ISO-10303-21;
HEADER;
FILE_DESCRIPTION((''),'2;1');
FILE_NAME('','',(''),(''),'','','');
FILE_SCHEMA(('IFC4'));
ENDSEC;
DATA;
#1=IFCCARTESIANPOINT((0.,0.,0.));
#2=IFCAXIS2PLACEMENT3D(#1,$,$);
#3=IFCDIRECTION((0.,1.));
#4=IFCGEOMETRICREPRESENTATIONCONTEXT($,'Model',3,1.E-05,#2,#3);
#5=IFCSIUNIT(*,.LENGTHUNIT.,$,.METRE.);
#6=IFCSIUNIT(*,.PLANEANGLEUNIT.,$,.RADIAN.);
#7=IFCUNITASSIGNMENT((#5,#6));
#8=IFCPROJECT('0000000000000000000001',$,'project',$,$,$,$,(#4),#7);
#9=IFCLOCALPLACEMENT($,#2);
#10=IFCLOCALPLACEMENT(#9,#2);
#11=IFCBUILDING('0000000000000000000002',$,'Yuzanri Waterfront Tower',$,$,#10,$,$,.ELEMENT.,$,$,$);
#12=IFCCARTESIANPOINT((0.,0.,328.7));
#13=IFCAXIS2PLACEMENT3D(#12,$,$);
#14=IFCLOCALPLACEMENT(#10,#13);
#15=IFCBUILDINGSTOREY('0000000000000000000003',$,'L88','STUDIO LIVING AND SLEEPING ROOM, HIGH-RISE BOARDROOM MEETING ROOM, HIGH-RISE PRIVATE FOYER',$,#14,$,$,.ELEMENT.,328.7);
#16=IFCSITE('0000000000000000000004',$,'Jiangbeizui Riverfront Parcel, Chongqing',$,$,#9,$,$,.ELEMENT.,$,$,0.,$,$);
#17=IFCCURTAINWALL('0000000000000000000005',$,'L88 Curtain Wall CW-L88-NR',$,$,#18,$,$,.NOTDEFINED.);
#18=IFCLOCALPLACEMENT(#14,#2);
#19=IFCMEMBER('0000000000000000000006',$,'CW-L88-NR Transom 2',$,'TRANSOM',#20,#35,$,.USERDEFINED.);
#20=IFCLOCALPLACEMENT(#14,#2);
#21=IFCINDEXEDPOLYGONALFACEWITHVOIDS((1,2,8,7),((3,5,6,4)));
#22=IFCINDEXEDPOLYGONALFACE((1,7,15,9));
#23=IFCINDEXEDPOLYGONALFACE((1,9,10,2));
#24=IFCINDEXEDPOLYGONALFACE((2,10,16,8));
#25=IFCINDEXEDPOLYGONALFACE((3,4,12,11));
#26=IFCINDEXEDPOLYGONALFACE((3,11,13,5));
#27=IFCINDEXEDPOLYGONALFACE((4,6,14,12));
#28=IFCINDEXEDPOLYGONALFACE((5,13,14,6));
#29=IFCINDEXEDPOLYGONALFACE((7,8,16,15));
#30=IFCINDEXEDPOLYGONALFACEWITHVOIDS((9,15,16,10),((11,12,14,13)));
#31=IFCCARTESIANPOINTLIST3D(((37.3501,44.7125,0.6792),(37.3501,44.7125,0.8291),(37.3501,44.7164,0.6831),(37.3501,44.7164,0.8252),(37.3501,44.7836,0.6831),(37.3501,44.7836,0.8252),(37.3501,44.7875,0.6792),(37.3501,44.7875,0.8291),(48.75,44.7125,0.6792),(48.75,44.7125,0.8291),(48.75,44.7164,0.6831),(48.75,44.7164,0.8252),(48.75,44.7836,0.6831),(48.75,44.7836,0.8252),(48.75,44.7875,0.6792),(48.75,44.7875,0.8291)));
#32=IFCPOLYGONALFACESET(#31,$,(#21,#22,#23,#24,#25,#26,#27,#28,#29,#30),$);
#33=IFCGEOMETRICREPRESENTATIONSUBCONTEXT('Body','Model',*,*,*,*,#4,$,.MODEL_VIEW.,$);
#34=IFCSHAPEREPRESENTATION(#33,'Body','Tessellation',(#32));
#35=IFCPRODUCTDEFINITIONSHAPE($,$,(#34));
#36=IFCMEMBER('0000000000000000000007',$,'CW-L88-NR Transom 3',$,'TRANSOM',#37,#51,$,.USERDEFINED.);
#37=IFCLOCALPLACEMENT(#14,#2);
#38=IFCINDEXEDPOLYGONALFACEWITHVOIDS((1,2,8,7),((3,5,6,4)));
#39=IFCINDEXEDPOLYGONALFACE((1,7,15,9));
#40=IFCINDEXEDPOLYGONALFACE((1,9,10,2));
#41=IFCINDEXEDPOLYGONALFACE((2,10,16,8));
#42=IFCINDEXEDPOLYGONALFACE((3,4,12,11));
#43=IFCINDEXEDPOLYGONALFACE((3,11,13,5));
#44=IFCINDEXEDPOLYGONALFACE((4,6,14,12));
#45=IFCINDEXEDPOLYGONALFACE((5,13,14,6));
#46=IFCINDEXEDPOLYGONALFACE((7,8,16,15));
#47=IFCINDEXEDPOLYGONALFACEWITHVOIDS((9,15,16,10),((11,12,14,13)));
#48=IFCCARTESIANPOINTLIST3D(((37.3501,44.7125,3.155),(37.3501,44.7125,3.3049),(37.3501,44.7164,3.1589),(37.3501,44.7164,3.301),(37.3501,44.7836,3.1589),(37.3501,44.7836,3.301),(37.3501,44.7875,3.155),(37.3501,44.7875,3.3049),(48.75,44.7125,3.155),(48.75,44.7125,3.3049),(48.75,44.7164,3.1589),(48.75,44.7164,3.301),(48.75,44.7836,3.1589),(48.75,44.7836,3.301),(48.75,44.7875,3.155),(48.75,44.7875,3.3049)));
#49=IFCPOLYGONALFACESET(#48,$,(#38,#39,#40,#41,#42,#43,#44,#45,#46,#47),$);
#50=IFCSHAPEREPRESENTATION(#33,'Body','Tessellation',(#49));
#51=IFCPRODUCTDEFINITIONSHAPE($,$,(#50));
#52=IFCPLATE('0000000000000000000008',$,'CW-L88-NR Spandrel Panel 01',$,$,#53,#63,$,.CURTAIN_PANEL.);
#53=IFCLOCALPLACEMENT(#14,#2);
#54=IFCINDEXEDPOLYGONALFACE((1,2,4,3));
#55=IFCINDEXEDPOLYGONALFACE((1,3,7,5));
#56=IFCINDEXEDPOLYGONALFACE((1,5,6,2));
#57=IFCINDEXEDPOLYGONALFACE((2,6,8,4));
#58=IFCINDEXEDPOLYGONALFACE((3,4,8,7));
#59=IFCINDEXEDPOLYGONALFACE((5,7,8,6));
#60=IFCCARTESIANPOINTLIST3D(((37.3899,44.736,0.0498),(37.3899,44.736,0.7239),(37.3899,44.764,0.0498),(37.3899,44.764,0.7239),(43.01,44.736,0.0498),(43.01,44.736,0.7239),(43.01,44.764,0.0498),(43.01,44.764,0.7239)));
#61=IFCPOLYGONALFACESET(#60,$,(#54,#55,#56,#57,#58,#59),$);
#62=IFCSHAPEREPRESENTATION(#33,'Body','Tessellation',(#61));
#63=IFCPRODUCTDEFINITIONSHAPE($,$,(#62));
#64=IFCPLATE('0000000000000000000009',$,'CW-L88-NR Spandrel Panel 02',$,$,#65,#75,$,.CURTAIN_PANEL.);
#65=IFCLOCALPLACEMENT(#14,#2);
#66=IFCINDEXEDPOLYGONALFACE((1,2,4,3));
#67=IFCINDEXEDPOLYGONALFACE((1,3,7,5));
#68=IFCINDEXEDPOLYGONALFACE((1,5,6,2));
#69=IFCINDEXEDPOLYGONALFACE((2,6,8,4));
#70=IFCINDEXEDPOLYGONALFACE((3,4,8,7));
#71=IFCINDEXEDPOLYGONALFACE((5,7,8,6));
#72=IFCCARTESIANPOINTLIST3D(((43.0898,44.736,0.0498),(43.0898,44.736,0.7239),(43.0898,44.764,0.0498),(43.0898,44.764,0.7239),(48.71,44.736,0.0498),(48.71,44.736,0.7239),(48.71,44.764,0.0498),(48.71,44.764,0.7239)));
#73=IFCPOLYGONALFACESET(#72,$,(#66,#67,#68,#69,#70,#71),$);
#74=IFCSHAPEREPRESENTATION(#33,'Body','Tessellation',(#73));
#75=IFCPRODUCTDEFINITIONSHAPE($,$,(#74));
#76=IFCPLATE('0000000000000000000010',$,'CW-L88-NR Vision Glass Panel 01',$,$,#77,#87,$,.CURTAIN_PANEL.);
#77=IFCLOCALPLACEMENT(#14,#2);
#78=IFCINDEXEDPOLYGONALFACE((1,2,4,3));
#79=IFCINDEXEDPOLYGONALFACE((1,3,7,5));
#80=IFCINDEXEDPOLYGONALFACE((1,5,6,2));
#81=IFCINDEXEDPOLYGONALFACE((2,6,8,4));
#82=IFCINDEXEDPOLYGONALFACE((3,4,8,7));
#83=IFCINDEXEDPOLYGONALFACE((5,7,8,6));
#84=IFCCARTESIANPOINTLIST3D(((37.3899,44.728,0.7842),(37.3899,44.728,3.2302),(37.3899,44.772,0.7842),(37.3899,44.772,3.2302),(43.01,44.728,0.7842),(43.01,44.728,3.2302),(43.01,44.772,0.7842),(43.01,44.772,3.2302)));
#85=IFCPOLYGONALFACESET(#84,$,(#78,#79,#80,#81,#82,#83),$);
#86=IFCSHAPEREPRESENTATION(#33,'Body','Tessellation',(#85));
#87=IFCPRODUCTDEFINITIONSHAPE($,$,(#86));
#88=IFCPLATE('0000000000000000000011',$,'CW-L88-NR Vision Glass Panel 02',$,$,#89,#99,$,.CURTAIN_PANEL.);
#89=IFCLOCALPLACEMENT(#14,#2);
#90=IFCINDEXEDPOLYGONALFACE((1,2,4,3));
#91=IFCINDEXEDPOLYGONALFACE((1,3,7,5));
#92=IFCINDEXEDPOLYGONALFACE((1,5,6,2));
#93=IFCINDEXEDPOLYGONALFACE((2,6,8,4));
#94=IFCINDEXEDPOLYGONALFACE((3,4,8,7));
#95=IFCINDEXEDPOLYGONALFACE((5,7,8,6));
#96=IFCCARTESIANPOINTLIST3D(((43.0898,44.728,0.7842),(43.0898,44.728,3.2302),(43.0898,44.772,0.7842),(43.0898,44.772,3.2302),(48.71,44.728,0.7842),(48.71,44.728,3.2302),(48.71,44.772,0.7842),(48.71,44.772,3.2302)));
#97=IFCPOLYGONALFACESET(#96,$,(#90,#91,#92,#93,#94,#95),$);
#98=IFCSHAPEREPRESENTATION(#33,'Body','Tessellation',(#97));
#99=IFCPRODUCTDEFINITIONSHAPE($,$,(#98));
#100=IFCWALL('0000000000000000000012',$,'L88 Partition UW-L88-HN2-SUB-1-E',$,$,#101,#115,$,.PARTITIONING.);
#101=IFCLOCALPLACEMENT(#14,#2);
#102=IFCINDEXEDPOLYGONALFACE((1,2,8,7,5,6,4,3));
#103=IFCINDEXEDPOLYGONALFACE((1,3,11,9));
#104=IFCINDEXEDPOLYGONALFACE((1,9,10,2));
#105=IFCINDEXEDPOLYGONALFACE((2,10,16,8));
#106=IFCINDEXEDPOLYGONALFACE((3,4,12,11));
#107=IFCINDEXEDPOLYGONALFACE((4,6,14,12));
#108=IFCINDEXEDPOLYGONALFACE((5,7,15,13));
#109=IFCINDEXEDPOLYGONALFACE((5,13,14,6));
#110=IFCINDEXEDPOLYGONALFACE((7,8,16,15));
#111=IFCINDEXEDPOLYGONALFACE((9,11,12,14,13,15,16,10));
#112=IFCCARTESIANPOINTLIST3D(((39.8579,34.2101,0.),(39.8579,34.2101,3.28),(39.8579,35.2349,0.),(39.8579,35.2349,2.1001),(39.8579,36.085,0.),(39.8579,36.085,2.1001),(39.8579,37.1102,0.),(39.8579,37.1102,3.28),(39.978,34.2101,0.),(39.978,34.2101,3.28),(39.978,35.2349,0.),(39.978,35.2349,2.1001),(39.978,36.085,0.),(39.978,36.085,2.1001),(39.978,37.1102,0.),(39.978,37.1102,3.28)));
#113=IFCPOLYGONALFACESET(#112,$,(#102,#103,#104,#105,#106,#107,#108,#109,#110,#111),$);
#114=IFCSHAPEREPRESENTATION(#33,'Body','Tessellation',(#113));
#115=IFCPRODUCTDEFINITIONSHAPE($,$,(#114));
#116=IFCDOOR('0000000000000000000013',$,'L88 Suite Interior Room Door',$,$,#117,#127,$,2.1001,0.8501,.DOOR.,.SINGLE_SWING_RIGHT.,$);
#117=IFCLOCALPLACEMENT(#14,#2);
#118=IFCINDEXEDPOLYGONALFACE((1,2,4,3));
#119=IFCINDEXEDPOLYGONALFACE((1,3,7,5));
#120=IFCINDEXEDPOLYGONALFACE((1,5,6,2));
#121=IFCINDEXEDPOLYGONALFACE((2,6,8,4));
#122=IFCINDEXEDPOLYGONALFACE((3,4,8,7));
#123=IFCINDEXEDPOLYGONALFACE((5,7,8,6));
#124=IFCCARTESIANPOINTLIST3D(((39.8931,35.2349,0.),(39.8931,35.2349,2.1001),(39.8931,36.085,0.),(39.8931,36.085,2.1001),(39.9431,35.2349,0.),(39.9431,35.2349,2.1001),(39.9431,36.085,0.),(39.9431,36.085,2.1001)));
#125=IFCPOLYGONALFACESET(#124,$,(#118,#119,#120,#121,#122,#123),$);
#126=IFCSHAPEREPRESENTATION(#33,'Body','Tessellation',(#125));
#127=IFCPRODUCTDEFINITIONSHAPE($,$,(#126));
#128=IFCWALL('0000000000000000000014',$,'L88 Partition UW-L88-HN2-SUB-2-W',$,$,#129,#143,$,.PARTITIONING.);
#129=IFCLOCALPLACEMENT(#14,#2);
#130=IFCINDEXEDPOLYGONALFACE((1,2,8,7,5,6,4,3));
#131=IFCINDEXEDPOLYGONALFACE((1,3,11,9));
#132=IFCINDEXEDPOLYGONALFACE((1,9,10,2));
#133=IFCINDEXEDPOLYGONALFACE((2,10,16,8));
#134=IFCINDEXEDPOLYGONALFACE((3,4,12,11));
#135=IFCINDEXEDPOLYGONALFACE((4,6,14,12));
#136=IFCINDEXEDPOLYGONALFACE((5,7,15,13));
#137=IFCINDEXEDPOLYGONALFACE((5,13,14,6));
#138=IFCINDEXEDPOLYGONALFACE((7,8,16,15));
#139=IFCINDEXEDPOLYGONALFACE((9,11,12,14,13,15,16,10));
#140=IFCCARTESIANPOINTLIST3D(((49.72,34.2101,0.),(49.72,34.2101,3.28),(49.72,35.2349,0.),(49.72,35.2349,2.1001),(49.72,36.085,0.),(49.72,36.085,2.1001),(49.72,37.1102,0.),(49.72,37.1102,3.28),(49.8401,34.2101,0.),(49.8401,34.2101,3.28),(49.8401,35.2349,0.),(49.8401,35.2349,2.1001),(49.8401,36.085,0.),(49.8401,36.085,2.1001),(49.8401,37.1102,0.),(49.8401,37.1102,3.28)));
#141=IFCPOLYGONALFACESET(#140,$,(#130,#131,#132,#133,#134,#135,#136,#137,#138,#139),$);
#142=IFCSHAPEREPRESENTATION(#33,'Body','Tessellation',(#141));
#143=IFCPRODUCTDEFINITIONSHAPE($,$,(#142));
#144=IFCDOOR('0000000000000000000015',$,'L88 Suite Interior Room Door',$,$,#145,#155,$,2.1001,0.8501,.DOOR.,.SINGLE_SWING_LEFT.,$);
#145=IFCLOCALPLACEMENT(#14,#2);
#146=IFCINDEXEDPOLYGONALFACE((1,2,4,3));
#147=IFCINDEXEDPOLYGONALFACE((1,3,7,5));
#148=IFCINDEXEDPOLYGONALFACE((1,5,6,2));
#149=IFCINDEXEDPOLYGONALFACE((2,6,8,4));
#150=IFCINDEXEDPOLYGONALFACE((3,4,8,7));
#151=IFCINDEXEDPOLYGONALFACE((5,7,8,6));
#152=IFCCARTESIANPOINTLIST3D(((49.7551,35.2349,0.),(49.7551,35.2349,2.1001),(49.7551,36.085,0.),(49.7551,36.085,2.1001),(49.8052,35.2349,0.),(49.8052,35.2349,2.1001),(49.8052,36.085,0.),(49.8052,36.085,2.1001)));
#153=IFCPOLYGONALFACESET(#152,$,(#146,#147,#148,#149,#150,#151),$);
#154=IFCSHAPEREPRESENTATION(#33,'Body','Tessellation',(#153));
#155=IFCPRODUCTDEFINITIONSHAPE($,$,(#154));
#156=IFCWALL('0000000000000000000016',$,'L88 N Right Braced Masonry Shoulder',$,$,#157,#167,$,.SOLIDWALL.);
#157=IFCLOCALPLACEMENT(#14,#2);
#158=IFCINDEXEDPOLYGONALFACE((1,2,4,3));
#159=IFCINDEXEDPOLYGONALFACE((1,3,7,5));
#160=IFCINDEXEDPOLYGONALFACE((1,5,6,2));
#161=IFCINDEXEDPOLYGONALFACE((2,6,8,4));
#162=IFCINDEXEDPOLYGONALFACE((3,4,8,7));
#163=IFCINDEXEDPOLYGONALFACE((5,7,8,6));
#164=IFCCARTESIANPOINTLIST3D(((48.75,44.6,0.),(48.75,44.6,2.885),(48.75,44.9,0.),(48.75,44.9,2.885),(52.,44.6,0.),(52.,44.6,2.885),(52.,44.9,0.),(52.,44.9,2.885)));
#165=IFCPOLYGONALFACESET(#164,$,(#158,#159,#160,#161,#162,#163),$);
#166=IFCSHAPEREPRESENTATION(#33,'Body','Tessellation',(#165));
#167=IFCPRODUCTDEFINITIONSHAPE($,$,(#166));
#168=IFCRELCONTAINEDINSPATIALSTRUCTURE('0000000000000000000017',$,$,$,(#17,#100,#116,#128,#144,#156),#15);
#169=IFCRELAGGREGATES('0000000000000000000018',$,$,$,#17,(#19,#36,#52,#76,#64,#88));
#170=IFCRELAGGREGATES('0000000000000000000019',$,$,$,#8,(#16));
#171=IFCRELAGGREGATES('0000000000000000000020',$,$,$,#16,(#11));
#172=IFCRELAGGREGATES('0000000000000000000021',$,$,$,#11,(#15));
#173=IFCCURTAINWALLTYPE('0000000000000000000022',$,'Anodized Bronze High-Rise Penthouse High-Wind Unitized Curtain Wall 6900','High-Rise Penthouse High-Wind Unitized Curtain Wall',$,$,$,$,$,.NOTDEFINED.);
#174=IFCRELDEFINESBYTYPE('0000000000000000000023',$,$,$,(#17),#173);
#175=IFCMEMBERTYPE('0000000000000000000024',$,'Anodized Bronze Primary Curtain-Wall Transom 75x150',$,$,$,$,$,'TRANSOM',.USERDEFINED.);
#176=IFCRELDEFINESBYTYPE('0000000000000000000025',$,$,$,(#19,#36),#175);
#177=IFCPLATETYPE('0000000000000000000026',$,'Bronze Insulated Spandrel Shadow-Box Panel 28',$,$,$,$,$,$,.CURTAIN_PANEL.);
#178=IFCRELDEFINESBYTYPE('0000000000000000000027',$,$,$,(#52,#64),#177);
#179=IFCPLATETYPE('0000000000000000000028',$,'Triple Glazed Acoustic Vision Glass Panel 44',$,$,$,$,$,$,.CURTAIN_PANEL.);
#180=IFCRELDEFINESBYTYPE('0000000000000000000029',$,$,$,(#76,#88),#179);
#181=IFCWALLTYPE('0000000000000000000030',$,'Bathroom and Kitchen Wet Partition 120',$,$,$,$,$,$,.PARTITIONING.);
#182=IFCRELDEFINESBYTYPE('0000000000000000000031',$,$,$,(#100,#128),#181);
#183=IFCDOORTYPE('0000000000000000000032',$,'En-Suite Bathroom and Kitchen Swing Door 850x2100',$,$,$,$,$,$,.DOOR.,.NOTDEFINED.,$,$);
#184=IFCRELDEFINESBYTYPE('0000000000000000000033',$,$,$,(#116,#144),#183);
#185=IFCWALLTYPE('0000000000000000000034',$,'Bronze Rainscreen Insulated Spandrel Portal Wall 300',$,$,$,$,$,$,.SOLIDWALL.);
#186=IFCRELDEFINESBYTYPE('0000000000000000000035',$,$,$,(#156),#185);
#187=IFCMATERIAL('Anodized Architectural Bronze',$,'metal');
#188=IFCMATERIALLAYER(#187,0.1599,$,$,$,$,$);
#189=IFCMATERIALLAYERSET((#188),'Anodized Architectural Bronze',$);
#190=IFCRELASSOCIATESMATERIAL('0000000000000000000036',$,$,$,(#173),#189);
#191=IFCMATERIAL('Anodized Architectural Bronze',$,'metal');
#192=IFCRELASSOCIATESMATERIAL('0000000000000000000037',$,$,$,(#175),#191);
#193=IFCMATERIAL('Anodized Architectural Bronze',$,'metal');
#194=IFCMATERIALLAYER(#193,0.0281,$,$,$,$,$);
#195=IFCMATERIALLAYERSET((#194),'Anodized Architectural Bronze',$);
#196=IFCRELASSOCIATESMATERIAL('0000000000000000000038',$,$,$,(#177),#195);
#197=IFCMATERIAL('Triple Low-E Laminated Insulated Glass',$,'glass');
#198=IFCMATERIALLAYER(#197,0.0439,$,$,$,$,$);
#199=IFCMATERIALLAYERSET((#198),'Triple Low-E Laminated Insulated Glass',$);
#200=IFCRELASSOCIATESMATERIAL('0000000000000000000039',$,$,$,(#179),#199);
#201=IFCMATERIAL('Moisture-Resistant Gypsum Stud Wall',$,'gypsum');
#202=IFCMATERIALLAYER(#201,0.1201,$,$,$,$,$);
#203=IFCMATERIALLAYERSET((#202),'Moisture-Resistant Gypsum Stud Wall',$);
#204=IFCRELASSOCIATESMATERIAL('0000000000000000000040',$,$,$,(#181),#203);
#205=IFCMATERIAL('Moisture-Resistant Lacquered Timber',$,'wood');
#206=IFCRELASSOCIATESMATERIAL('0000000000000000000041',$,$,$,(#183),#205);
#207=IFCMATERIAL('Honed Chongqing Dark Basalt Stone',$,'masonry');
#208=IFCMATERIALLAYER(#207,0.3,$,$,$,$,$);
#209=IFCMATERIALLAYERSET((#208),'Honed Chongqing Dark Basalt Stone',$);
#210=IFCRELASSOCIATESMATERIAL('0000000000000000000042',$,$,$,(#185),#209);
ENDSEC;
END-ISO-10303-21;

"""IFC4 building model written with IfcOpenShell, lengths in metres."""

from ifc_helpers import new_model, si_unit, direction, frame, frame_2d, origin, origin_2d, place, context, subcontext, project, spatial, rectangle, hollow_rectangle, extrude, source, transform, mapped, material, layer, layer_set, material_profile, profile_set, type_object, element, fill, aggregate, save


model = new_model("IFC4")

# Units and contexts
model_context = context("Model", 3, precision=1e-05, world=origin(), true_north=direction((0.0, 1.0)))
body_context = subcontext(model_context, "Body", "Model", "MODEL_VIEW")
ifc_project = project(units=[si_unit("LENGTHUNIT", "METRE"), si_unit("PLANEANGLEUNIT", "RADIAN")], contexts=[model_context])

# Site, building, storey
site_placement = place(None, origin())
site = spatial("IfcSite", under=ifc_project, at=site_placement, Name="Jiangbeizui Riverfront Parcel, Chongqing", CompositionType="ELEMENT", RefElevation=0.0)
building_placement = place(site_placement, origin())
building = spatial("IfcBuilding", under=site, at=building_placement, Name="Yuzanri Waterfront Tower", CompositionType="ELEMENT")
storey_placement = place(building_placement, frame((0.0, 0.0, 328.7)))
storey = spatial("IfcBuildingStorey", under=building, at=storey_placement, Name="L88", Description="STUDIO LIVING AND SLEEPING ROOM, HIGH-RISE BOARDROOM MEETING ROOM, HIGH-RISE PRIVATE FOYER", CompositionType="ELEMENT", Elevation=328.7)

# Curtain wall, members, plates
ifc_material_1 = material(Name="Anodized Architectural Bronze", Category="metal")
ifc_layer_1 = layer(ifc_material_1, 0.1599)
ifc_layer_set_1 = layer_set([ifc_layer_1], Name="Anodized Architectural Bronze")
curtain_wall_type = type_object("IfcCurtainWallType", Name="Anodized Bronze High-Rise Penthouse High-Wind Unitized Curtain Wall 6900", Description="High-Rise Penthouse High-Wind Unitized Curtain Wall", PredefinedType="NOTDEFINED", material=ifc_layer_set_1)
curtain_wall_placement = place(storey_placement, origin())
curtain_wall = element("IfcCurtainWall", 1, at=curtain_wall_placement, inside=storey, type_object=curtain_wall_type, Name="L88 Curtain Wall CW-L88-NR", PredefinedType="NOTDEFINED")
ifc_material_2 = material(Name="Anodized Architectural Bronze", Category="metal")
ifc_material_profile_1 = material_profile(ifc_material_2, hollow_rectangle(XDim=0.075, YDim=0.1499, WallThickness=0.0039, at=origin_2d()), Name="CWT 75x150")
ifc_profile_set_1 = profile_set([ifc_material_profile_1], Name="Anodized Architectural Bronze")
member_type_1 = type_object("IfcMemberType", Name="Anodized Bronze Primary Curtain-Wall Transom 75x150", ElementType="TRANSOM", PredefinedType="USERDEFINED", material=ifc_profile_set_1)
shared_shape_1 = source(origin(), body_context, "Body", "SweptSolid", [
    extrude(hollow_rectangle(XDim=0.075, YDim=0.1499, WallThickness=0.0039, at=origin_2d()), origin(), (0.0, 0.0, 1.0), 11.3999),
])
member_1_placement = place(storey_placement, frame((37.3501, 44.75, 0.7542), z_axis=(1.0, 0.0, 0.0), x_axis=(0.0, 1.0, 0.0)))
member_1 = element("IfcMember", 2, at=member_1_placement, type_object=member_type_1, Name="CW-L88-NR Transom 2", ObjectType="TRANSOM", PredefinedType="USERDEFINED", context=body_context, shape_type="MappedRepresentation", body=[
    mapped(shared_shape_1, transform((0.0, 0.0, 0.0), scale=1.0)),
])
member_2_placement = place(storey_placement, frame((37.3501, 44.75, 3.23), z_axis=(1.0, 0.0, 0.0), x_axis=(0.0, 1.0, 0.0)))
member_2 = element("IfcMember", 3, at=member_2_placement, type_object=member_type_1, Name="CW-L88-NR Transom 3", ObjectType="TRANSOM", PredefinedType="USERDEFINED", context=body_context, shape_type="MappedRepresentation", body=[
    mapped(shared_shape_1, transform((0.0, 0.0, 0.0), scale=1.0)),
])
ifc_material_3 = material(Name="Anodized Architectural Bronze", Category="metal")
ifc_layer_2 = layer(ifc_material_3, 0.0281)
ifc_layer_set_2 = layer_set([ifc_layer_2], Name="Anodized Architectural Bronze")
plate_type_1 = type_object("IfcPlateType", Name="Bronze Insulated Spandrel Shadow-Box Panel 28", PredefinedType="CURTAIN_PANEL", material=ifc_layer_set_2)
shared_shape_2 = source(origin(), body_context, "Body", "SweptSolid", [
    extrude(rectangle(XDim=5.6201, YDim=0.0281, at=origin_2d()), origin(), (0.0, 0.0, 1.0), 0.6741),
])
plate_1_placement = place(storey_placement, frame((40.2, 44.75, 0.0498), z_axis=(0.0, 0.0, 1.0), x_axis=(1.0, 0.0, 0.0)))
plate_1 = element("IfcPlate", 4, at=plate_1_placement, type_object=plate_type_1, Name="CW-L88-NR Spandrel Panel 01", PredefinedType="CURTAIN_PANEL", context=body_context, shape_type="MappedRepresentation", body=[
    mapped(shared_shape_2, transform((0.0, 0.0, 0.0), scale=1.0)),
])
plate_2_placement = place(storey_placement, frame((45.8999, 44.75, 0.0498), z_axis=(0.0, 0.0, 1.0), x_axis=(1.0, 0.0, 0.0)))
plate_2 = element("IfcPlate", 5, at=plate_2_placement, type_object=plate_type_1, Name="CW-L88-NR Spandrel Panel 02", PredefinedType="CURTAIN_PANEL", context=body_context, shape_type="MappedRepresentation", body=[
    mapped(shared_shape_2, transform((0.0, 0.0, 0.0), scale=1.0)),
])
ifc_material_4 = material(Name="Triple Low-E Laminated Insulated Glass", Category="glass")
ifc_layer_3 = layer(ifc_material_4, 0.0439)
ifc_layer_set_3 = layer_set([ifc_layer_3], Name="Triple Low-E Laminated Insulated Glass")
plate_type_2 = type_object("IfcPlateType", Name="Triple Glazed Acoustic Vision Glass Panel 44", PredefinedType="CURTAIN_PANEL", material=ifc_layer_set_3)
shared_shape_3 = source(origin(), body_context, "Body", "SweptSolid", [
    extrude(rectangle(XDim=5.6201, YDim=0.0439, at=origin_2d()), origin(), (0.0, 0.0, 1.0), 2.446),
])
plate_3_placement = place(storey_placement, frame((40.2, 44.75, 0.7842), z_axis=(0.0, 0.0, 1.0), x_axis=(1.0, 0.0, 0.0)))
plate_3 = element("IfcPlate", 6, at=plate_3_placement, type_object=plate_type_2, Name="CW-L88-NR Vision Glass Panel 01", PredefinedType="CURTAIN_PANEL", context=body_context, shape_type="MappedRepresentation", body=[
    mapped(shared_shape_3, transform((0.0, 0.0, 0.0), scale=1.0)),
])
plate_4_placement = place(storey_placement, frame((45.8999, 44.75, 0.7842), z_axis=(0.0, 0.0, 1.0), x_axis=(1.0, 0.0, 0.0)))
plate_4 = element("IfcPlate", 7, at=plate_4_placement, type_object=plate_type_2, Name="CW-L88-NR Vision Glass Panel 02", PredefinedType="CURTAIN_PANEL", context=body_context, shape_type="MappedRepresentation", body=[
    mapped(shared_shape_3, transform((0.0, 0.0, 0.0), scale=1.0)),
])
aggregate(curtain_wall, [member_1, member_2, plate_1, plate_3, plate_2, plate_4])

# Walls, openings, doors
ifc_material_5 = material(Name="Moisture-Resistant Gypsum Stud Wall", Category="gypsum")
ifc_layer_4 = layer(ifc_material_5, 0.1201)
ifc_layer_set_4 = layer_set([ifc_layer_4], Name="Moisture-Resistant Gypsum Stud Wall")
wall_type_1 = type_object("IfcWallType", Name="Bathroom and Kitchen Wet Partition 120", PredefinedType="PARTITIONING", material=ifc_layer_set_4)
wall_1_placement = place(storey_placement, frame((39.918, 34.21, 0.0), z_axis=(0.0, 0.0, 1.0), x_axis=(0.0, 1.0, 0.0)))
wall_1 = element("IfcWall", 8, at=wall_1_placement, inside=storey, type_object=wall_type_1, Name="L88 Partition UW-L88-HN2-SUB-1-E", PredefinedType="PARTITIONING", context=body_context, shape_type="SweptSolid", body=[
    extrude(rectangle(XDim=2.9001, YDim=0.1201, at=frame_2d((1.4502, 0.0))), origin(), (0.0, 0.0, 1.0), 3.28),
])
opening_1_placement = place(wall_1_placement, frame((1.0249, 0.0, 0.0)))
opening_1 = element("IfcOpeningElement", 9, at=opening_1_placement, cuts=wall_1, PredefinedType="OPENING", context=body_context, shape_type="SweptSolid", body=[
    extrude(rectangle(XDim=0.8501, YDim=2.1001, at=frame_2d((0.425, 1.05))), frame((0.0, 0.075, 0.0), z_axis=(0.0, -1.0, 0.0), x_axis=(1.0, 0.0, 0.0)), (0.0, 0.0, 1.0), 0.1499),
])
ifc_material_6 = material(Name="Moisture-Resistant Lacquered Timber", Category="wood")
door_type = type_object("IfcDoorType", Name="En-Suite Bathroom and Kitchen Swing Door 850x2100", OperationType="NOTDEFINED", PredefinedType="DOOR", material=ifc_material_6)
shared_shape_4 = source(origin(), body_context, "Body", "SweptSolid", [
    extrude(rectangle(XDim=0.8501, YDim=2.1001, at=frame_2d((0.425, 1.05))), frame((0.0, 0.0249, 0.0), z_axis=(0.0, -1.0, 0.0), x_axis=(1.0, 0.0, 0.0)), (0.0, 0.0, 1.0), 0.05),
])
door_1_placement = place(opening_1_placement, origin())
door_1 = element("IfcDoor", 10, at=door_1_placement, inside=storey, type_object=door_type, Name="L88 Suite Interior Room Door", OperationType="SINGLE_SWING_RIGHT", OverallHeight=2.1001, OverallWidth=0.8501, PredefinedType="DOOR", context=body_context, shape_type="MappedRepresentation", body=[
    mapped(shared_shape_4, transform((0.0, 0.0, 0.0), scale=1.0)),
])
fill(opening_1, door_1)
wall_2_placement = place(storey_placement, frame((49.78, 34.21, 0.0), z_axis=(0.0, 0.0, 1.0), x_axis=(0.0, 1.0, 0.0)))
wall_2 = element("IfcWall", 11, at=wall_2_placement, inside=storey, type_object=wall_type_1, Name="L88 Partition UW-L88-HN2-SUB-2-W", PredefinedType="PARTITIONING", context=body_context, shape_type="SweptSolid", body=[
    extrude(rectangle(XDim=2.9001, YDim=0.1201, at=frame_2d((1.4502, 0.0))), origin(), (0.0, 0.0, 1.0), 3.28),
])
opening_2_placement = place(wall_2_placement, frame((1.0249, 0.0, 0.0)))
opening_2 = element("IfcOpeningElement", 12, at=opening_2_placement, cuts=wall_2, PredefinedType="OPENING", context=body_context, shape_type="SweptSolid", body=[
    extrude(rectangle(XDim=0.8501, YDim=2.1001, at=frame_2d((0.425, 1.05))), frame((0.0, 0.075, 0.0), z_axis=(0.0, -1.0, 0.0), x_axis=(1.0, 0.0, 0.0)), (0.0, 0.0, 1.0), 0.1499),
])
door_2_placement = place(opening_2_placement, origin())
door_2 = element("IfcDoor", 13, at=door_2_placement, inside=storey, type_object=door_type, Name="L88 Suite Interior Room Door", OperationType="SINGLE_SWING_LEFT", OverallHeight=2.1001, OverallWidth=0.8501, PredefinedType="DOOR", context=body_context, shape_type="MappedRepresentation", body=[
    mapped(shared_shape_4, transform((0.0, 0.0, 0.0), scale=1.0)),
])
fill(opening_2, door_2)

# Wall
ifc_material_7 = material(Name="Honed Chongqing Dark Basalt Stone", Category="masonry")
ifc_layer_5 = layer(ifc_material_7, 0.3)
ifc_layer_set_5 = layer_set([ifc_layer_5], Name="Honed Chongqing Dark Basalt Stone")
wall_type_2 = type_object("IfcWallType", Name="Bronze Rainscreen Insulated Spandrel Portal Wall 300", PredefinedType="SOLIDWALL", material=ifc_layer_set_5)
shared_shape_5 = source(origin(), body_context, "Body", "SweptSolid", [
    extrude(rectangle(XDim=3.25, YDim=0.3, at=frame_2d((1.625, 0.0))), origin(), (0.0, 0.0, 1.0), 2.885),
])
wall_3_placement = place(storey_placement, frame((48.75, 44.75, 0.0), z_axis=(0.0, 0.0, 1.0), x_axis=(1.0, 0.0, 0.0)))
element("IfcWall", 14, at=wall_3_placement, inside=storey, type_object=wall_type_2, Name="L88 N Right Braced Masonry Shoulder", PredefinedType="SOLIDWALL", context=body_context, shape_type="MappedRepresentation", body=[
    mapped(shared_shape_5, transform((0.0, 0.0, 0.0), scale=1.0)),
])

save(model, "model.ifc")
